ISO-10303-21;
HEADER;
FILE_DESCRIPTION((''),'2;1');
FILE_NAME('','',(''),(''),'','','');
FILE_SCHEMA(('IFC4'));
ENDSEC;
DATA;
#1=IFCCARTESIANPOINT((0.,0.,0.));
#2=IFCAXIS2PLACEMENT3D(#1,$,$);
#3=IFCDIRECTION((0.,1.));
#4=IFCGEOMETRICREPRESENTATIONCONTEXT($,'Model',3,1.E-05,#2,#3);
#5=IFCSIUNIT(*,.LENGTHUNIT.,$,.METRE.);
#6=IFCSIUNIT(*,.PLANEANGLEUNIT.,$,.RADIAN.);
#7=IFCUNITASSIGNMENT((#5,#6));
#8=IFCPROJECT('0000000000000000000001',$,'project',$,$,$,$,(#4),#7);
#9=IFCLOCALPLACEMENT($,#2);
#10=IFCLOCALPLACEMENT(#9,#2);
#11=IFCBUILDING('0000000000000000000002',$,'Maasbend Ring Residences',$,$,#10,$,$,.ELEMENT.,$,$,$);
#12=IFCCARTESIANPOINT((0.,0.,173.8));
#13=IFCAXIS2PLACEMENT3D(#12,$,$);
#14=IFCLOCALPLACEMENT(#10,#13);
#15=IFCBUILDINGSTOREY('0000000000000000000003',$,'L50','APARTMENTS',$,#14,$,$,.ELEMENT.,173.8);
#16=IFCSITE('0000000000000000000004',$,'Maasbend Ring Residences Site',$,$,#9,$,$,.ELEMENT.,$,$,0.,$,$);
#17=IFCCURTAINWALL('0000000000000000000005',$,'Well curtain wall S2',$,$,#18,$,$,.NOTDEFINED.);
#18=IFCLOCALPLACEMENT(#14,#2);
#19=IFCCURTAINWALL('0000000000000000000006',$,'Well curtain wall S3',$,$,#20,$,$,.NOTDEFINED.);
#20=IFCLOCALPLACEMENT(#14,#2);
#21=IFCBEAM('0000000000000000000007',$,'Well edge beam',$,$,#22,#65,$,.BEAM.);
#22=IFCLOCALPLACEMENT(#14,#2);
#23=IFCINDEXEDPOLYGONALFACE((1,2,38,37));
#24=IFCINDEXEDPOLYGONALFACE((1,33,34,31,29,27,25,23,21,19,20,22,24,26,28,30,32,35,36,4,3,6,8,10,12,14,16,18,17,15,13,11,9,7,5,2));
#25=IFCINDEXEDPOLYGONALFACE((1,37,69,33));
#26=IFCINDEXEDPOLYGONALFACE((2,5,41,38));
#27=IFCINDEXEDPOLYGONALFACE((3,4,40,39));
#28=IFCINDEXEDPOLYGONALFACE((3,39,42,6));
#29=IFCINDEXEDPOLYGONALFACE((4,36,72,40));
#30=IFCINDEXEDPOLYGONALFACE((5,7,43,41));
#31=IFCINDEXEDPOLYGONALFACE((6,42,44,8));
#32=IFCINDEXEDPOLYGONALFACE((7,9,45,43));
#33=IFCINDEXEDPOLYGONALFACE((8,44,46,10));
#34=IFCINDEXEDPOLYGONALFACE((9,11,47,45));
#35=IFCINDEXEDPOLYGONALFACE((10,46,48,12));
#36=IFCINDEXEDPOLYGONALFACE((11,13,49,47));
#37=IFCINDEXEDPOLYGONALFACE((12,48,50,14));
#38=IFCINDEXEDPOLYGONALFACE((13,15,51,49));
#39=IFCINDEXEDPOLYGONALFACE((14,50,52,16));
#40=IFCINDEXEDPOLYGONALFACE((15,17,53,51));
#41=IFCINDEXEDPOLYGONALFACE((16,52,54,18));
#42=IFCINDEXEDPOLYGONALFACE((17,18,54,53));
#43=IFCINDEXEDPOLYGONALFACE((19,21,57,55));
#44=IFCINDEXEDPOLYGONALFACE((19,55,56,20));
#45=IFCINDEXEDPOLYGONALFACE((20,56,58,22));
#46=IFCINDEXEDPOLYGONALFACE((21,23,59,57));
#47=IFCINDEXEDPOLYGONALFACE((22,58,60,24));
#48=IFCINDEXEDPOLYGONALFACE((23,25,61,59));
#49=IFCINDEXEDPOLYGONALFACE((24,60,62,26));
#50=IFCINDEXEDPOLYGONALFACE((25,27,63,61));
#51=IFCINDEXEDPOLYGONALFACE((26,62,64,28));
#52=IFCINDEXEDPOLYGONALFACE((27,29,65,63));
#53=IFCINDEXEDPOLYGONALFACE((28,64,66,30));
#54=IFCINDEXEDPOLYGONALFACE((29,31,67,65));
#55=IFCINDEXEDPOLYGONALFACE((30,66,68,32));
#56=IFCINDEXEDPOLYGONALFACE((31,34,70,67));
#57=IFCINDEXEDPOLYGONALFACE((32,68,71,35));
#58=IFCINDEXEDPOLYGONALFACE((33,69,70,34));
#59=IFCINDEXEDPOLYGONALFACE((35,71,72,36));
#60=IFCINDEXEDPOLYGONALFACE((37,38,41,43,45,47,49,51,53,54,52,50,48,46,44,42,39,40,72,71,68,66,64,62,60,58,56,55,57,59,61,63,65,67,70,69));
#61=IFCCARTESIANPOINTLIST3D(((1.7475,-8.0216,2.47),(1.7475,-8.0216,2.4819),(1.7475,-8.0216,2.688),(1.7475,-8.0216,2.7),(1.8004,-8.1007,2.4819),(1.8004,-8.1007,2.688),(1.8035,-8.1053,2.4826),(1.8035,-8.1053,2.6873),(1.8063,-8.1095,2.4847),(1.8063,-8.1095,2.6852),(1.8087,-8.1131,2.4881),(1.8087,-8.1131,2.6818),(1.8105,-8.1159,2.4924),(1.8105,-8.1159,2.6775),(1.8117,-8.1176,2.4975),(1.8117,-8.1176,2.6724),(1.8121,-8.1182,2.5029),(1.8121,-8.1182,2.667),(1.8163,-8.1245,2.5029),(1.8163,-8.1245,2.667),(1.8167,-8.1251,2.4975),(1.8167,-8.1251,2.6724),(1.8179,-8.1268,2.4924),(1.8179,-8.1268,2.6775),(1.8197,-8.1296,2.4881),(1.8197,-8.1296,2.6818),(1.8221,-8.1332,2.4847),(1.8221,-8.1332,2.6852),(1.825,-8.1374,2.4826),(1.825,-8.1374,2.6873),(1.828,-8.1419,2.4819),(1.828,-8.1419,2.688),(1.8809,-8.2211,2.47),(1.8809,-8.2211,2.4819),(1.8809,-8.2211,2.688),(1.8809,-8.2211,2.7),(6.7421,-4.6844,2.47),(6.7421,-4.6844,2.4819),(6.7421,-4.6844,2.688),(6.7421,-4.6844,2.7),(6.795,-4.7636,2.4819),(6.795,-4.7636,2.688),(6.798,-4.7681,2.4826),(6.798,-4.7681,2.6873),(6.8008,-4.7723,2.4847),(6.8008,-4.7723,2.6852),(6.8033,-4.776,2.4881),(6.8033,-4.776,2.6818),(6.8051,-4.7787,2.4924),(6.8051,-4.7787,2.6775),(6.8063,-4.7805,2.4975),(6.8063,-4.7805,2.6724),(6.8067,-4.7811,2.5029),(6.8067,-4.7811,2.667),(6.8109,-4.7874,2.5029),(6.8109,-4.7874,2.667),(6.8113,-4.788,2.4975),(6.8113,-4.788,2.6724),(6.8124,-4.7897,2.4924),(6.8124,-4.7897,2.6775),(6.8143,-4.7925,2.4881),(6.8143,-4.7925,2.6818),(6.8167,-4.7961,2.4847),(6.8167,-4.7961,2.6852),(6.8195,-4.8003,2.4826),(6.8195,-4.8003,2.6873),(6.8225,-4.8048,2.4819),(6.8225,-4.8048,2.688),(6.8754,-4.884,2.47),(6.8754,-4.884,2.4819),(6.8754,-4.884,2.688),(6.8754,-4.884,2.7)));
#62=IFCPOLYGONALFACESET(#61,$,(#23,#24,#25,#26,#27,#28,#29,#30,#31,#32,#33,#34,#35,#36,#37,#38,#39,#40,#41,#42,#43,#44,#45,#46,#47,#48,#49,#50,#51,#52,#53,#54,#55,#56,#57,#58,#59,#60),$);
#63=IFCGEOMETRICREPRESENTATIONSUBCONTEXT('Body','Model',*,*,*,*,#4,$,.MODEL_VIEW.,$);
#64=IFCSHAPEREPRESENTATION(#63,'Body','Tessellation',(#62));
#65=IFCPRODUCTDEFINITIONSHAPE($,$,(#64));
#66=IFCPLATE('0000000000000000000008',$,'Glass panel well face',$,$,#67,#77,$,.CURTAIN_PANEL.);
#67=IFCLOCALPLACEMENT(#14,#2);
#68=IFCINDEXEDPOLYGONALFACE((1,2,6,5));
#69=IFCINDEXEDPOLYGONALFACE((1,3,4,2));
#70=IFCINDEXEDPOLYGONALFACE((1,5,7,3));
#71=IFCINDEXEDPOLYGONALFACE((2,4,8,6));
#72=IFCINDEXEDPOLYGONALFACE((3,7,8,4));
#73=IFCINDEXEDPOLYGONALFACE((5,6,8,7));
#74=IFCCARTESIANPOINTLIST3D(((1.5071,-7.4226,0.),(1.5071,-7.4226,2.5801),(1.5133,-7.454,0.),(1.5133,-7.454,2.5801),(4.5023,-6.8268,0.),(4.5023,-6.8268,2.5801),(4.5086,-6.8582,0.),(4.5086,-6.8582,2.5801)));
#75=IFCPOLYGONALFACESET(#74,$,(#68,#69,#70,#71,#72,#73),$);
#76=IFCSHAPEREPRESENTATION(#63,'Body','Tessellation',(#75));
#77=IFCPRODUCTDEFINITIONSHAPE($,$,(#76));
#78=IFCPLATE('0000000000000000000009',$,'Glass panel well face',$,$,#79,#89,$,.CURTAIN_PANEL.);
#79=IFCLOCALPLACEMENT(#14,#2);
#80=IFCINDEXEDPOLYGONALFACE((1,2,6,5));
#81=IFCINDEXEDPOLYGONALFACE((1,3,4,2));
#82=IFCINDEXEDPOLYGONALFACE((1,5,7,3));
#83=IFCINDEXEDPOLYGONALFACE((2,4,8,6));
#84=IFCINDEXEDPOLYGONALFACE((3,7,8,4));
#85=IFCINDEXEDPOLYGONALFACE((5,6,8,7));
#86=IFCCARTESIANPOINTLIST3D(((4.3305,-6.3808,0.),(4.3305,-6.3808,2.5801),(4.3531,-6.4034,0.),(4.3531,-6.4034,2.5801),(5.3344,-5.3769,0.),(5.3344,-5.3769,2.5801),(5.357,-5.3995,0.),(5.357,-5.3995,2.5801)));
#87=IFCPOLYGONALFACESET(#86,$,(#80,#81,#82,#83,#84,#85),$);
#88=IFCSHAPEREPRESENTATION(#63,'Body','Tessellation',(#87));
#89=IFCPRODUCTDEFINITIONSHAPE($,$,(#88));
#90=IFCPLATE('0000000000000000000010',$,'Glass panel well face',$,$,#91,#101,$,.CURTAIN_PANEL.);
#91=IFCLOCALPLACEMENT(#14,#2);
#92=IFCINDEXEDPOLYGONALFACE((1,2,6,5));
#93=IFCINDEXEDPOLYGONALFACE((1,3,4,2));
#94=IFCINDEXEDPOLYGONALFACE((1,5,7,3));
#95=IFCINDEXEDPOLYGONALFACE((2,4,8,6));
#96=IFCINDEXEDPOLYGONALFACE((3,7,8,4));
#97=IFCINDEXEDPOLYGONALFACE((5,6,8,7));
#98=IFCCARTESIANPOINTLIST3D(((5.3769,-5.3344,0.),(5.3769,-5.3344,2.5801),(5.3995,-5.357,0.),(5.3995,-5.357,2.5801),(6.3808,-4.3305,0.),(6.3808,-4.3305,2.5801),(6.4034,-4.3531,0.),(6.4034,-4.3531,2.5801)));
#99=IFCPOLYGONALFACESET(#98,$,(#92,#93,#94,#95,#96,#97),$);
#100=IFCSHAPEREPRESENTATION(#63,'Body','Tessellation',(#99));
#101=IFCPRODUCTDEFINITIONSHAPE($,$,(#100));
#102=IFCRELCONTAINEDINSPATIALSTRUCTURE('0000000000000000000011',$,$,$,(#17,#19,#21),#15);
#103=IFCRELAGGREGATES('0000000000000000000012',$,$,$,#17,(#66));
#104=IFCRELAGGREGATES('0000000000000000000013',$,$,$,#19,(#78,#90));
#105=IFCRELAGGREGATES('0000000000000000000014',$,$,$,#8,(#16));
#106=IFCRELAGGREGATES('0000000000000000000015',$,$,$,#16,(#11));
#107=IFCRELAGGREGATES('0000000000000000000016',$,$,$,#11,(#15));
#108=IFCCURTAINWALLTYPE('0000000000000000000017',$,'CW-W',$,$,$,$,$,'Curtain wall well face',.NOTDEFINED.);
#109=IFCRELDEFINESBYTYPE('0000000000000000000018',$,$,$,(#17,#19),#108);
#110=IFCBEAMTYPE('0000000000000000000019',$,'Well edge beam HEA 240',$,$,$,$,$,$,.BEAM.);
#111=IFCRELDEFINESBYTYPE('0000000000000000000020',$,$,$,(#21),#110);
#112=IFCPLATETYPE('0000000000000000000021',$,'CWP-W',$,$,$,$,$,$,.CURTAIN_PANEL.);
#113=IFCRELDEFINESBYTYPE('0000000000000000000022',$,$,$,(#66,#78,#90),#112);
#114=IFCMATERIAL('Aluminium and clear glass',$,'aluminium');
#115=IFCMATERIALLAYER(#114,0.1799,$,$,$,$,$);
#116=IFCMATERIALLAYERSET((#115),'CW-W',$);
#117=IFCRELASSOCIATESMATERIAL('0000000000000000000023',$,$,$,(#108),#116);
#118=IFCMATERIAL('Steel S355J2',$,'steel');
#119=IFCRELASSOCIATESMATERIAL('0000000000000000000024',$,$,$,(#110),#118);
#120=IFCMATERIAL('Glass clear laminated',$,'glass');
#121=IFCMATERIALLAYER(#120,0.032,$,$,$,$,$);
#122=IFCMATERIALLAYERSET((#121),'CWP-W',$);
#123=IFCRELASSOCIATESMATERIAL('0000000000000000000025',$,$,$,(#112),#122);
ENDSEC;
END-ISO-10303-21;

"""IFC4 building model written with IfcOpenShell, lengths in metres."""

from ifc_helpers import new_model, si_unit, direction, frame, origin, origin_2d, place, context, subcontext, project, spatial, rectangle, i_section, extrude, material, layer, layer_set, material_profile, profile_set, type_object, element, aggregate, save


model = new_model("IFC4")

# Units and contexts
model_context = context("Model", 3, precision=1e-05, world=origin(), true_north=direction((0.0, 1.0)))
body_context = subcontext(model_context, "Body", "Model", "MODEL_VIEW")
ifc_project = project(units=[si_unit("LENGTHUNIT", "METRE"), si_unit("PLANEANGLEUNIT", "RADIAN")], contexts=[model_context])

# Site, building, storey
site_placement = place(None, origin())
site = spatial("IfcSite", under=ifc_project, at=site_placement, Name="Maasbend Ring Residences Site", CompositionType="ELEMENT", RefElevation=0.0)
building_placement = place(site_placement, origin())
building = spatial("IfcBuilding", under=site, at=building_placement, Name="Maasbend Ring Residences", CompositionType="ELEMENT")
storey_placement = place(building_placement, frame((0.0, 0.0, 173.8)))
storey = spatial("IfcBuildingStorey", under=building, at=storey_placement, Name="L50", Description="APARTMENTS", CompositionType="ELEMENT", Elevation=173.8)

# Curtain walls
ifc_material_1 = material(Name="Aluminium and clear glass", Category="aluminium")
ifc_layer_1 = layer(ifc_material_1, 0.1799)
ifc_layer_set_1 = layer_set([ifc_layer_1], Name="CW-W")
curtain_wall_type = type_object("IfcCurtainWallType", Name="CW-W", ElementType="Curtain wall well face", PredefinedType="NOTDEFINED", material=ifc_layer_set_1)
curtain_wall_1_placement = place(storey_placement, origin())
curtain_wall_1 = element("IfcCurtainWall", 1, at=curtain_wall_1_placement, inside=storey, type_object=curtain_wall_type, Name="Well curtain wall S2", PredefinedType="NOTDEFINED")
curtain_wall_2_placement = place(storey_placement, origin())
curtain_wall_2 = element("IfcCurtainWall", 2, at=curtain_wall_2_placement, inside=storey, type_object=curtain_wall_type, Name="Well curtain wall S3", PredefinedType="NOTDEFINED")

# Beam
ifc_material_2 = material(Name="Steel S355J2", Category="steel")
ifc_material_profile_1 = material_profile(ifc_material_2, i_section(OverallWidth=0.24, OverallDepth=0.23, WebThickness=0.0076, FlangeThickness=0.012, FilletRadius=0.021, at=origin_2d()), Name="HEA 240")
ifc_profile_set_1 = profile_set([ifc_material_profile_1], Name="Steel S355J2")
beam_type = type_object("IfcBeamType", Name="Well edge beam HEA 240", PredefinedType="BEAM", material=ifc_profile_set_1)
beam_placement = place(storey_placement, frame((1.8142, -8.1213, 2.585), z_axis=(0.831481, 0.555553, 0.0), x_axis=(-0.555553, 0.831481, 0.0)))
element("IfcBeam", 3, at=beam_placement, inside=storey, type_object=beam_type, Name="Well edge beam", PredefinedType="BEAM", context=body_context, shape_type="SweptSolid", body=[
    extrude(i_section(OverallWidth=0.24, OverallDepth=0.23, WebThickness=0.0076, FlangeThickness=0.012, FilletRadius=0.021, at=origin_2d()), origin(), (0.0, 0.0, 1.0), 6.0068),
])

# Plates
ifc_material_3 = material(Name="Glass clear laminated", Category="glass")
ifc_layer_2 = layer(ifc_material_3, 0.032)
ifc_layer_set_2 = layer_set([ifc_layer_2], Name="CWP-W")
plate_type = type_object("IfcPlateType", Name="CWP-W", PredefinedType="CURTAIN_PANEL", material=ifc_layer_set_2)
plate_1_placement = place(storey_placement, frame((3.0078, -7.1404, 0.0), z_axis=(0.0, 0.0, 1.0), x_axis=(0.980785, 0.19509, 0.0)))
plate_1 = element("IfcPlate", 4, at=plate_1_placement, type_object=plate_type, Name="Glass panel well face", PredefinedType="CURTAIN_PANEL", context=body_context, shape_type="SweptSolid", body=[
    extrude(rectangle(XDim=3.054, YDim=0.032, at=origin_2d()), origin(), (0.0, 0.0, 1.0), 2.5801),
])
aggregate(curtain_wall_1, [plate_1])
plate_2_placement = place(storey_placement, frame((4.8438, -5.8901, 0.0), z_axis=(0.0, 0.0, 1.0), x_axis=(0.707107, 0.707107, 0.0)))
plate_2 = element("IfcPlate", 5, at=plate_2_placement, type_object=plate_type, Name="Glass panel well face", PredefinedType="CURTAIN_PANEL", context=body_context, shape_type="SweptSolid", body=[
    extrude(rectangle(XDim=1.4197, YDim=0.032, at=origin_2d()), origin(), (0.0, 0.0, 1.0), 2.5801),
])
plate_3_placement = place(storey_placement, frame((5.8901, -4.8438, 0.0), z_axis=(0.0, 0.0, 1.0), x_axis=(0.707107, 0.707107, 0.0)))
plate_3 = element("IfcPlate", 6, at=plate_3_placement, type_object=plate_type, Name="Glass panel well face", PredefinedType="CURTAIN_PANEL", context=body_context, shape_type="SweptSolid", body=[
    extrude(rectangle(XDim=1.4197, YDim=0.032, at=origin_2d()), origin(), (0.0, 0.0, 1.0), 2.5801),
])
aggregate(curtain_wall_2, [plate_2, plate_3])

save(model, "model.ifc")
